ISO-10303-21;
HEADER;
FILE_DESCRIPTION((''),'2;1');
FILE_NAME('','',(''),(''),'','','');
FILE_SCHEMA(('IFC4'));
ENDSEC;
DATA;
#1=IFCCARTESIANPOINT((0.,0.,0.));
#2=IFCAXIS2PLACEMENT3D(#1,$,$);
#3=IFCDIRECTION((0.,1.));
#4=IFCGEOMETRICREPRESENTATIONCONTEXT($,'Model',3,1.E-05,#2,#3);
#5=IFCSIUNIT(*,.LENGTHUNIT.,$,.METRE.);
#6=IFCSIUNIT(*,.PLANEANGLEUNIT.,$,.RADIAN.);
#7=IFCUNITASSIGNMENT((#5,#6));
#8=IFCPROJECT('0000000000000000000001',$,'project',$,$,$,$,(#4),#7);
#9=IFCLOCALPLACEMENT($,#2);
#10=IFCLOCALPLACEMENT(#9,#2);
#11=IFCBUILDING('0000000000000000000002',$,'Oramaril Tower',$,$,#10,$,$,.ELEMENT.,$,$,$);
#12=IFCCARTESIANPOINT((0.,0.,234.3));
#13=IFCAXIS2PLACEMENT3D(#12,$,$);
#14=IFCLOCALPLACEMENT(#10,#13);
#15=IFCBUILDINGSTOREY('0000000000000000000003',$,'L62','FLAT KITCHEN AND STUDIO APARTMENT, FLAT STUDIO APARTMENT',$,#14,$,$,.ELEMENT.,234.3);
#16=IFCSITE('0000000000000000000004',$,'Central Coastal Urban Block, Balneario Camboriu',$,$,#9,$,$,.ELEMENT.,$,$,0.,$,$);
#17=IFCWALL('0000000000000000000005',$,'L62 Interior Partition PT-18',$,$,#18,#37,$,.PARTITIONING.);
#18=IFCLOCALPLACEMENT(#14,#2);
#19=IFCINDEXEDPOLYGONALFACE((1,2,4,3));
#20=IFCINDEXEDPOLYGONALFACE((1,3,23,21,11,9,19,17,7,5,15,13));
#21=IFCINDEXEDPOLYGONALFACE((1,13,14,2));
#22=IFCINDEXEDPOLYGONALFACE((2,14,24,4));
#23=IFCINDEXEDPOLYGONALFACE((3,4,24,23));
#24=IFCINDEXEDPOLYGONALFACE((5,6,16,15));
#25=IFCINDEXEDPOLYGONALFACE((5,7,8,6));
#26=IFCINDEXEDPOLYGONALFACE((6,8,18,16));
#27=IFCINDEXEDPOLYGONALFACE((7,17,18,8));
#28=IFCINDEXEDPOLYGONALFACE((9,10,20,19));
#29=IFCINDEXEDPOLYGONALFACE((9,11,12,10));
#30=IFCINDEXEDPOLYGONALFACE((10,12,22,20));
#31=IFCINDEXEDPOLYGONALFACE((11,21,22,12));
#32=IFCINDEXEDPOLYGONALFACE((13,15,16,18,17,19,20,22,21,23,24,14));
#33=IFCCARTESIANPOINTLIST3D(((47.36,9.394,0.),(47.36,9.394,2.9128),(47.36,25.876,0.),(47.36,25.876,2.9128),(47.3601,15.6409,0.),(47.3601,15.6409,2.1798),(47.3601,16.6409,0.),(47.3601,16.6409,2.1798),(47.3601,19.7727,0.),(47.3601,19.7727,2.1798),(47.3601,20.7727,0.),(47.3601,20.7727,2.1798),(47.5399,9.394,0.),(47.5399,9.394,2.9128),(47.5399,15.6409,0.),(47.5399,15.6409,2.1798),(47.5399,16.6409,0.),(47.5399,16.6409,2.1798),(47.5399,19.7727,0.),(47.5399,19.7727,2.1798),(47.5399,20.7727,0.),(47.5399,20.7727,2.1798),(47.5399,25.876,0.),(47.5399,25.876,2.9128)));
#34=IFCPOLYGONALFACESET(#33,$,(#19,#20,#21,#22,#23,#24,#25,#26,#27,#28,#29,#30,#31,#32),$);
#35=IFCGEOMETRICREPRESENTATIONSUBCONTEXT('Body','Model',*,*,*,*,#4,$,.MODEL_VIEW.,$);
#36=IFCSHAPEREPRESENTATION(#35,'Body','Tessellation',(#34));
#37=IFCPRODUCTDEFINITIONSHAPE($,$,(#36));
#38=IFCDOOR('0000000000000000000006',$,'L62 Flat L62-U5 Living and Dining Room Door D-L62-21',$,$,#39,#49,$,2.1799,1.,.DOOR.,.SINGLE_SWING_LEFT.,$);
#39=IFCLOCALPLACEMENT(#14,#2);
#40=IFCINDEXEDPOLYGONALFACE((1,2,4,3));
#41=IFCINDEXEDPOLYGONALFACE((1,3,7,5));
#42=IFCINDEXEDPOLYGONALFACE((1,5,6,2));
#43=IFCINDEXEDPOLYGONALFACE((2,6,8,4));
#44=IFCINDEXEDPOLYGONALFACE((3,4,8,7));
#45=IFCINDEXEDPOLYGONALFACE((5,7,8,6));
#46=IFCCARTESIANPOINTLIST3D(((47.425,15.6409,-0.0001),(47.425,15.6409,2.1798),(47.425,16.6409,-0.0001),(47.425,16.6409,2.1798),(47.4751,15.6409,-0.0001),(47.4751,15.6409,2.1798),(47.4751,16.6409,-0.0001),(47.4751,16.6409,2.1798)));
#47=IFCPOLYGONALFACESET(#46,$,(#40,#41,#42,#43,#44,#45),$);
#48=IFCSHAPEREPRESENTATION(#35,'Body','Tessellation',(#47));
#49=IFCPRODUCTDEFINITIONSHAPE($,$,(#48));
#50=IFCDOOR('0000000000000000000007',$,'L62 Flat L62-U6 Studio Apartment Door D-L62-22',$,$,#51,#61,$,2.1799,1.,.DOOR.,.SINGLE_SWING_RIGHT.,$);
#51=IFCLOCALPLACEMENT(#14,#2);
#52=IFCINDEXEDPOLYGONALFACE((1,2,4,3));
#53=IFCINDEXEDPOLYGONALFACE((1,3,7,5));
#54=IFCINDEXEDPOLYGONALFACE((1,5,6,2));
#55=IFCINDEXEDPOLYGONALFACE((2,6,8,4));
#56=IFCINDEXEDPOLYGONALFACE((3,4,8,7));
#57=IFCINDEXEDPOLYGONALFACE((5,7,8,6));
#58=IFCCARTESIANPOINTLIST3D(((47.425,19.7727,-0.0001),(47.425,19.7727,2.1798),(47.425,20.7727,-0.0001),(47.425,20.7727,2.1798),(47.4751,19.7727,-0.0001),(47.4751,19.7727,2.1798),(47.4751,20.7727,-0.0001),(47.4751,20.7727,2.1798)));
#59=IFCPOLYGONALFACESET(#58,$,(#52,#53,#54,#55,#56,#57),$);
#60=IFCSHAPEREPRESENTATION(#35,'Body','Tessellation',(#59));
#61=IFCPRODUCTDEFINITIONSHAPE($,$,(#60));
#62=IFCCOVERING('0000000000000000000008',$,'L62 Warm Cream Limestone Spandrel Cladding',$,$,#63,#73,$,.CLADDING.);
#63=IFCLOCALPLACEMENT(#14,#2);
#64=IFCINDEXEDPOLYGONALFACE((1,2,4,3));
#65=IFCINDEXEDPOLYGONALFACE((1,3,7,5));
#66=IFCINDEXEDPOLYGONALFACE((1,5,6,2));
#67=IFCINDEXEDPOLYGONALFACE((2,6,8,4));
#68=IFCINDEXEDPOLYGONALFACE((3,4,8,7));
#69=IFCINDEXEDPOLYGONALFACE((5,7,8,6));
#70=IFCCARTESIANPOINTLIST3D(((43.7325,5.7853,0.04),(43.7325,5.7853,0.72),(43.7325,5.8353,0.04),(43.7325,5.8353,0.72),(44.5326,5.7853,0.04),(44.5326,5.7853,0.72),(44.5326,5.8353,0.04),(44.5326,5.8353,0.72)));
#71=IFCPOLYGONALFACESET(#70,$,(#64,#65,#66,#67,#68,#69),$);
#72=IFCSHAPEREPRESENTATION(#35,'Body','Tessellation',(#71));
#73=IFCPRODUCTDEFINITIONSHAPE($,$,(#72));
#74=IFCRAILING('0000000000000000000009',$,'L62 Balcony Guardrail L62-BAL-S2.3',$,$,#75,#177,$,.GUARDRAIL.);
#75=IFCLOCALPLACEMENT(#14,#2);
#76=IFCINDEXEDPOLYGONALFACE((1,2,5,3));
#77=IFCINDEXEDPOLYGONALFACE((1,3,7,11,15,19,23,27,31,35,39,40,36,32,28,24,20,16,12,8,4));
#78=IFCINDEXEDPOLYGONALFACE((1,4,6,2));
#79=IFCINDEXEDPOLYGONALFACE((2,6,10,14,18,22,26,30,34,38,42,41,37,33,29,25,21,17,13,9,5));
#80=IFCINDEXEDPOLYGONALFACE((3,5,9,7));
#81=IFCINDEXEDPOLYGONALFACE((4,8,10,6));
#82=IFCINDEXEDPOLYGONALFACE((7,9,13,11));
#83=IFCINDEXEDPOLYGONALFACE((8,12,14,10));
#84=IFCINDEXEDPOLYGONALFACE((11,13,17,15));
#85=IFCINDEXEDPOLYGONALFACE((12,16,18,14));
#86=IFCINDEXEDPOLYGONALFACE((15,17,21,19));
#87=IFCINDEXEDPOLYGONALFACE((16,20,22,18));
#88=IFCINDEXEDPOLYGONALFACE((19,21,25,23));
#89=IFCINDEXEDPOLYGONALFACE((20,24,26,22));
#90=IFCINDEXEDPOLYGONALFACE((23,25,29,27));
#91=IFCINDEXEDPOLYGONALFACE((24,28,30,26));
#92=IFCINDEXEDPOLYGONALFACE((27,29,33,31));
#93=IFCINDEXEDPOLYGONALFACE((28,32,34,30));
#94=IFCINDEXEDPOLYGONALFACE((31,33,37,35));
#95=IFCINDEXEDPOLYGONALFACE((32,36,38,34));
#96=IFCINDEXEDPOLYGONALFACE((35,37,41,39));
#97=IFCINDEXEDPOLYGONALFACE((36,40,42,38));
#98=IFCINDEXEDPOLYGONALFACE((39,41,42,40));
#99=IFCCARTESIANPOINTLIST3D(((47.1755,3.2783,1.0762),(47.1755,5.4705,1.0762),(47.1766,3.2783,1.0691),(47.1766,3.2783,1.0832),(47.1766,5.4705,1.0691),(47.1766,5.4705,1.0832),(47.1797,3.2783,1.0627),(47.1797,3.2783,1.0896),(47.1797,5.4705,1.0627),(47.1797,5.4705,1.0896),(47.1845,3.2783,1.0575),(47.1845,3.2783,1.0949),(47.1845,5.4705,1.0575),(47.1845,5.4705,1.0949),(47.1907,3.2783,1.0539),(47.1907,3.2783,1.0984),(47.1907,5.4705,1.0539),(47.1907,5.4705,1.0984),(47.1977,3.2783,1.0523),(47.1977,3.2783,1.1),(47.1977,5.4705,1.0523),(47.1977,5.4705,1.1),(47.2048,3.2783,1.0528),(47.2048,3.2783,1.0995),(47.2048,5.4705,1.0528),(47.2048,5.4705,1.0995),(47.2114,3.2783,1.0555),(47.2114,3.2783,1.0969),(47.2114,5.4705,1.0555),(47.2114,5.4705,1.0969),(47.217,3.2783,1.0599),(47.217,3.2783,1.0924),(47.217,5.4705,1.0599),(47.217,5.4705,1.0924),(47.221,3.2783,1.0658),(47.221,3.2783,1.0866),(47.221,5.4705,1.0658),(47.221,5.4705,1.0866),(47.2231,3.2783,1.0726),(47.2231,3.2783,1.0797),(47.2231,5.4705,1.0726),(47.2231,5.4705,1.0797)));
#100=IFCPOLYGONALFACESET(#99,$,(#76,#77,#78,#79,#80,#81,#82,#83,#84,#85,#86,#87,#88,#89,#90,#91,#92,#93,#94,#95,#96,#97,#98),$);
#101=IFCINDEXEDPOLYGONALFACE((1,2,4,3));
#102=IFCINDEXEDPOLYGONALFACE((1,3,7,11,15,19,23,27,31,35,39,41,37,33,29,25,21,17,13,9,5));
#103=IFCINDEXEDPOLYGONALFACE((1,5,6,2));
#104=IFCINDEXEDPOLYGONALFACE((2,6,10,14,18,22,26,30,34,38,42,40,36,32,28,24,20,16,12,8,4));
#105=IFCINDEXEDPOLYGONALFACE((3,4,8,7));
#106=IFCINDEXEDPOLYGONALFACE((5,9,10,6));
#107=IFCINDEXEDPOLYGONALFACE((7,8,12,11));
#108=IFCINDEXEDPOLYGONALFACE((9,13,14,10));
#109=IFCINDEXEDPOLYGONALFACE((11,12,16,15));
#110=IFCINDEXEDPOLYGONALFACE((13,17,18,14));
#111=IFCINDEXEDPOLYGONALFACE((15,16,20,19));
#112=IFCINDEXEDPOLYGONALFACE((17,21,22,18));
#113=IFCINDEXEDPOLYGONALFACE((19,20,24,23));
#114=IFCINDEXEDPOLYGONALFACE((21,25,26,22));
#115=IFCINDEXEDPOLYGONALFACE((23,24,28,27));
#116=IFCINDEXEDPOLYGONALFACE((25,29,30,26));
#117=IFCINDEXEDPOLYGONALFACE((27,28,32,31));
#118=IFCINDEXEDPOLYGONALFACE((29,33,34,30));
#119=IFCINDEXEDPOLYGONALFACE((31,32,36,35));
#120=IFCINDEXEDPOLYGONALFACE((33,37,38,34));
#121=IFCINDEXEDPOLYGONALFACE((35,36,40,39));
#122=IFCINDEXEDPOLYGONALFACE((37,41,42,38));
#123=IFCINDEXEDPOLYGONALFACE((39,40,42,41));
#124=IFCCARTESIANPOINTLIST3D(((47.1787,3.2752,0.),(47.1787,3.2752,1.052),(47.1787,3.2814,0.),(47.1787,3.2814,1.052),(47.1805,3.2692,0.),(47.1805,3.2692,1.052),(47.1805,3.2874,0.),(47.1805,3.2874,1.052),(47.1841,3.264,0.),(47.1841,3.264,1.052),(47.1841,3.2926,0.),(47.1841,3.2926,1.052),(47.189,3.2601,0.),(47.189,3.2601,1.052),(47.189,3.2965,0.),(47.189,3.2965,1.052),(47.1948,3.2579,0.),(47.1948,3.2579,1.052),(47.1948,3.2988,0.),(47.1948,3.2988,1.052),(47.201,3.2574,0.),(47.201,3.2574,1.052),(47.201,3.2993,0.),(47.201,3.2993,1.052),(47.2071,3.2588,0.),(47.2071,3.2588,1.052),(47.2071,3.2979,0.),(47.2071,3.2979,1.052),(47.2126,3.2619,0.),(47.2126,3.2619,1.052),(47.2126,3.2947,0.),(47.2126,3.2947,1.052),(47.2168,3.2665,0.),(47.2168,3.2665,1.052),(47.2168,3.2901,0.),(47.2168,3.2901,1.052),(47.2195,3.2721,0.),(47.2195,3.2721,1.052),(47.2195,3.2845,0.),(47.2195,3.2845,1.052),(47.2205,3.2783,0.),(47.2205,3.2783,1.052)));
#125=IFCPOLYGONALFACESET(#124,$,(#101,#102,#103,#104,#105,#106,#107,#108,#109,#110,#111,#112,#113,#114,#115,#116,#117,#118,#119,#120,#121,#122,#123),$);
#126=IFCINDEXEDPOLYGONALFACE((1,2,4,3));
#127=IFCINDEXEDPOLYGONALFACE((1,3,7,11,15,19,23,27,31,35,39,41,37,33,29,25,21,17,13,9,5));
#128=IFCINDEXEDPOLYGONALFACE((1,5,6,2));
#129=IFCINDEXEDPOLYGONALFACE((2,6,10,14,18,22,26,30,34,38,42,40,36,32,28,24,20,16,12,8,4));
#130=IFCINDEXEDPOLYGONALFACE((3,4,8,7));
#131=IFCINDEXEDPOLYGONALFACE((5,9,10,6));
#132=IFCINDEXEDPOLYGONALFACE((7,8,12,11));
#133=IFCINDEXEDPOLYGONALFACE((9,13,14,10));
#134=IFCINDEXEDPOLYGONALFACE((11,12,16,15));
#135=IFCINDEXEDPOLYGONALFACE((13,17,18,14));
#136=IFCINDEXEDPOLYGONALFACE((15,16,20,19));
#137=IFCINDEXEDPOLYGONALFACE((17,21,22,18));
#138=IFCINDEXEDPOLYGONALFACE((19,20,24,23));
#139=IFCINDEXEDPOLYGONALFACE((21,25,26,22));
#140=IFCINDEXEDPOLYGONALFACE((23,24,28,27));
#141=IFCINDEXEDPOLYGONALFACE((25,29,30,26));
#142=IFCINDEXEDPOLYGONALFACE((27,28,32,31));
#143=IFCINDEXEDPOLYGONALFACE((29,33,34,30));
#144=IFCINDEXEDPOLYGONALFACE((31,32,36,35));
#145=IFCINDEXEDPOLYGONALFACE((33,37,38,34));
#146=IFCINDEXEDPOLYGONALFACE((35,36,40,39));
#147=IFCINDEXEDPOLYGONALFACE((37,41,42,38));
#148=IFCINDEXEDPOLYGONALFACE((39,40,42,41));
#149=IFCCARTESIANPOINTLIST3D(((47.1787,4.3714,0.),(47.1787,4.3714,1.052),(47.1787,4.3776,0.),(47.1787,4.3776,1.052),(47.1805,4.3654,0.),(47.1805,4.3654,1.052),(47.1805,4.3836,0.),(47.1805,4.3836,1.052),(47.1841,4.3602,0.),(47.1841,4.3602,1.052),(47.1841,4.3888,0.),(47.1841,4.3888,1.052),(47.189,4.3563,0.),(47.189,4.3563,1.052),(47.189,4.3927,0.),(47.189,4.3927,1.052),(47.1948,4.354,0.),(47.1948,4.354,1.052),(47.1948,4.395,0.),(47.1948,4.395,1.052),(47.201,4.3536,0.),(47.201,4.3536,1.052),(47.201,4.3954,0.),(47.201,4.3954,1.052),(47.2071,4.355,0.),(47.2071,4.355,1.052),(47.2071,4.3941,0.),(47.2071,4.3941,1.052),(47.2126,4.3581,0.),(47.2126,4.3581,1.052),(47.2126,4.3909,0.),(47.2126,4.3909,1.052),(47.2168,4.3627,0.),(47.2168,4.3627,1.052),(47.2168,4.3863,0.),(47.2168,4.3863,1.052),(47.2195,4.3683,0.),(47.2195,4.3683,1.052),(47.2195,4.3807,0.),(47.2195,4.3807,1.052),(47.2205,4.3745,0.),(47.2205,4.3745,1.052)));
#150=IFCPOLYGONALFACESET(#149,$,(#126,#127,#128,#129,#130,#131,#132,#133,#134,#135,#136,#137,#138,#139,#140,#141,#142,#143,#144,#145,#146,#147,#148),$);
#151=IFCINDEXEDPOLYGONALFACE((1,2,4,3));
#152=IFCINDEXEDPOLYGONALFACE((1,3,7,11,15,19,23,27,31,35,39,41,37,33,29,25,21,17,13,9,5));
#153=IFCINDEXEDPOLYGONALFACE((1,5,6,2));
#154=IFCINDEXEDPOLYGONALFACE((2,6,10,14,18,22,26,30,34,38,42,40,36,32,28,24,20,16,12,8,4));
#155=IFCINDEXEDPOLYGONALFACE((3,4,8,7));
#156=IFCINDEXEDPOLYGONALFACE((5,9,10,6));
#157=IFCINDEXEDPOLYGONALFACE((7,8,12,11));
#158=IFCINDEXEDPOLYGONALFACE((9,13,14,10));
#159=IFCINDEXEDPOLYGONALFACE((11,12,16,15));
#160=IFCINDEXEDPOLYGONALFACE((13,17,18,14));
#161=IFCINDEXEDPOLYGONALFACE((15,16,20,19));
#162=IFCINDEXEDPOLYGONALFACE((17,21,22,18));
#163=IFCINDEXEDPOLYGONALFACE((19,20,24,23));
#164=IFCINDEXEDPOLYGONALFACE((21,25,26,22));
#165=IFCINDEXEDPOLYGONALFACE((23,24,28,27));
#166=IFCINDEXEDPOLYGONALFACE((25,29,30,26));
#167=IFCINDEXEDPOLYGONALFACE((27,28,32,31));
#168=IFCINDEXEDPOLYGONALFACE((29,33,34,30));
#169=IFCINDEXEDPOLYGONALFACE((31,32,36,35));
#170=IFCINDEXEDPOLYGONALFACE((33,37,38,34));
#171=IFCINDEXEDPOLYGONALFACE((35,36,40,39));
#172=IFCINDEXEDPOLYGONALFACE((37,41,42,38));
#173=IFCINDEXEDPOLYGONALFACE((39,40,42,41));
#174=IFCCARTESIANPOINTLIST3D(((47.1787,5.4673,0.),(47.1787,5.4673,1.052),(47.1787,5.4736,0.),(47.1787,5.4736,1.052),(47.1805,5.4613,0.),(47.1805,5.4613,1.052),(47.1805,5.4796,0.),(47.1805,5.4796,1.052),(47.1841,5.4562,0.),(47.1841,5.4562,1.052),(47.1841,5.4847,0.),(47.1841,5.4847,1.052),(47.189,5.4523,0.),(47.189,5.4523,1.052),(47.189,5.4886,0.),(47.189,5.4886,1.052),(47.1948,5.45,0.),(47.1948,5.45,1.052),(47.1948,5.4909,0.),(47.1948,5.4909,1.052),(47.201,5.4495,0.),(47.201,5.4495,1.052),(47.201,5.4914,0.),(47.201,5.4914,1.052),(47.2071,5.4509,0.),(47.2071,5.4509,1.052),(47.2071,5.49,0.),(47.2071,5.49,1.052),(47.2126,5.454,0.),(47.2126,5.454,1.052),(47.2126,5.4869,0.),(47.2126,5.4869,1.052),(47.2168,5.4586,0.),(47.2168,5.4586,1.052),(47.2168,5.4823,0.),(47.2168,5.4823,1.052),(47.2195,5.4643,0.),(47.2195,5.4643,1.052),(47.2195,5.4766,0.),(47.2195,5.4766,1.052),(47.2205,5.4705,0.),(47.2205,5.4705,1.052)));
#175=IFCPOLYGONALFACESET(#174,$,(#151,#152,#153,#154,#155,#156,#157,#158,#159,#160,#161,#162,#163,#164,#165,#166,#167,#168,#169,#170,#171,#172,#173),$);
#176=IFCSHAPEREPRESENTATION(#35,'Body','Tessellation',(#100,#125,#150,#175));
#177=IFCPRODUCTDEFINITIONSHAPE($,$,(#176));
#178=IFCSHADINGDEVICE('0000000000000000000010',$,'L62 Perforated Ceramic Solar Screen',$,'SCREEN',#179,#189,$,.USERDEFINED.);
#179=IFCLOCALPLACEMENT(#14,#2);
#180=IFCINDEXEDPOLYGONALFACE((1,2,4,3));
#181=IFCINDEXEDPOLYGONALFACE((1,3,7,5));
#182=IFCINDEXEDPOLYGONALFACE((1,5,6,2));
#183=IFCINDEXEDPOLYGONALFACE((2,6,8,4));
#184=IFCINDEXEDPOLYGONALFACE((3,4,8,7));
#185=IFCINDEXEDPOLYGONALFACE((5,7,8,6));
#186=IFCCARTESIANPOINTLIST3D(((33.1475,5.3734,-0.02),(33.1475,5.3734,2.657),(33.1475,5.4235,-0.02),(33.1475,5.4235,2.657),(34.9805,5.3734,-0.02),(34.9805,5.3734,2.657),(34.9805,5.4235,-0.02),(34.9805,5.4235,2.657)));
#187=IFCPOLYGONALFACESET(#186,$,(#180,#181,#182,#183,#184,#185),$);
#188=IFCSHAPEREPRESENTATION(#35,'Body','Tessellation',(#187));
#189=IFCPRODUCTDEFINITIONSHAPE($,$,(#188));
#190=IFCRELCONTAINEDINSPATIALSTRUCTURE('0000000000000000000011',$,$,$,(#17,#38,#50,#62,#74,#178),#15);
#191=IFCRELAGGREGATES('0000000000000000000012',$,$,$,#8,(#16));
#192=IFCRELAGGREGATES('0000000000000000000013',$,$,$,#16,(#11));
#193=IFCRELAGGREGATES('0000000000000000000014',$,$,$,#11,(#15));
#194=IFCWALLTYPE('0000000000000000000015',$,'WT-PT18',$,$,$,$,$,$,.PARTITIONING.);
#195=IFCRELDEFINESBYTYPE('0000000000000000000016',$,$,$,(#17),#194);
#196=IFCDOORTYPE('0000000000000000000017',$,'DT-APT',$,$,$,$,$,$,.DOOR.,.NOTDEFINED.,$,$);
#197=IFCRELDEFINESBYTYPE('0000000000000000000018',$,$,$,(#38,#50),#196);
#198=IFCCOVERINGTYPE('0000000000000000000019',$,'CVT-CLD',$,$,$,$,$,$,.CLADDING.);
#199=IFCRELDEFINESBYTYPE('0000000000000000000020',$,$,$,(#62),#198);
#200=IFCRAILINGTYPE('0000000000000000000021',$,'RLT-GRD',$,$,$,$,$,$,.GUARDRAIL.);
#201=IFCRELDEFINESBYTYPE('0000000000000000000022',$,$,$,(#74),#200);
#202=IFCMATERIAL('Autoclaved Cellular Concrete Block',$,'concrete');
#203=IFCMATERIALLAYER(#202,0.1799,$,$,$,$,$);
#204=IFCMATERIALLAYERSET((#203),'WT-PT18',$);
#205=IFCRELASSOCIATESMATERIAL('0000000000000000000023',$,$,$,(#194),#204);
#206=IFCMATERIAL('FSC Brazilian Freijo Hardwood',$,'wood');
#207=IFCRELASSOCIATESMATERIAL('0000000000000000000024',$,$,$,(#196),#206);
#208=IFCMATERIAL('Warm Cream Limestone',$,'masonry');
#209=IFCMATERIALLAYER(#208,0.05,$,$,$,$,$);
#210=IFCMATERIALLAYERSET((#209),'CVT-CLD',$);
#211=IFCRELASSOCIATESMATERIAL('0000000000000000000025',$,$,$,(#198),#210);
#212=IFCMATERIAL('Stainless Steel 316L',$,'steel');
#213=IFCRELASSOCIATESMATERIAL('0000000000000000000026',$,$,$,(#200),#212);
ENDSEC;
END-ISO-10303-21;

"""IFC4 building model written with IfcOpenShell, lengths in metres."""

from ifc_helpers import new_model, si_unit, direction, frame, frame_2d, origin, origin_2d, place, context, subcontext, project, spatial, rectangle, circle, extrude, material, layer, layer_set, type_object, element, fill, save


model = new_model("IFC4")

# Units and contexts
model_context = context("Model", 3, precision=1e-05, world=origin(), true_north=direction((0.0, 1.0)))
body_context = subcontext(model_context, "Body", "Model", "MODEL_VIEW")
ifc_project = project(units=[si_unit("LENGTHUNIT", "METRE"), si_unit("PLANEANGLEUNIT", "RADIAN")], contexts=[model_context])

# Site, building, storey
site_placement = place(None, origin())
site = spatial("IfcSite", under=ifc_project, at=site_placement, Name="Central Coastal Urban Block, Balneario Camboriu", CompositionType="ELEMENT", RefElevation=0.0)
building_placement = place(site_placement, origin())
building = spatial("IfcBuilding", under=site, at=building_placement, Name="Oramaril Tower", CompositionType="ELEMENT")
storey_placement = place(building_placement, frame((0.0, 0.0, 234.3)))
storey = spatial("IfcBuildingStorey", under=building, at=storey_placement, Name="L62", Description="FLAT KITCHEN AND STUDIO APARTMENT, FLAT STUDIO APARTMENT", CompositionType="ELEMENT", Elevation=234.3)

# Shared definitions
ifc_material_1 = material(Name="Autoclaved Cellular Concrete Block", Category="concrete")
ifc_layer_1 = layer(ifc_material_1, 0.1799)
ifc_layer_set_1 = layer_set([ifc_layer_1], Name="WT-PT18")
wall_type_1 = type_object("IfcWallType", Name="WT-PT18", PredefinedType="PARTITIONING", material=ifc_layer_set_1)

# Wall, openings, doors
wall_1_placement = place(storey_placement, frame((47.45, 9.394, 0.0), z_axis=(0.0, 0.0, 1.0), x_axis=(0.0, 1.0, 0.0)))
wall_1 = element("IfcWall", 1, at=wall_1_placement, inside=storey, type_object=wall_type_1, Name="L62 Interior Partition PT-18", PredefinedType="PARTITIONING", context=body_context, shape_type="SweptSolid", body=[
    extrude(rectangle(XDim=16.4819, YDim=0.1799, at=frame_2d((8.241, 0.0))), origin(), (0.0, 0.0, 1.0), 2.9128),
])
opening_1_placement = place(wall_1_placement, frame((6.2468, 0.0, 0.0)))
opening_1 = element("IfcOpeningElement", 2, at=opening_1_placement, cuts=wall_1, PredefinedType="OPENING", context=body_context, shape_type="SweptSolid", body=[
    extrude(rectangle(XDim=1.0, YDim=2.1799, at=frame_2d((0.5, 1.0898))), frame((0.0, 0.0898, 0.0), z_axis=(0.0, -1.0, 0.0), x_axis=(1.0, 0.0, 0.0)), (0.0, 0.0, 1.0), 0.1799),
])
opening_2_placement = place(wall_1_placement, frame((10.3787, 0.0, 0.0)))
opening_2 = element("IfcOpeningElement", 3, at=opening_2_placement, cuts=wall_1, PredefinedType="OPENING", context=body_context, shape_type="SweptSolid", body=[
    extrude(rectangle(XDim=1.0, YDim=2.1799, at=frame_2d((0.5, 1.0898))), frame((0.0, 0.0898, 0.0), z_axis=(0.0, -1.0, 0.0), x_axis=(1.0, 0.0, 0.0)), (0.0, 0.0, 1.0), 0.1799),
])
ifc_material_2 = material(Name="FSC Brazilian Freijo Hardwood", Category="wood")
door_type_1 = type_object("IfcDoorType", Name="DT-APT", OperationType="NOTDEFINED", PredefinedType="DOOR", material=ifc_material_2)
door_1_placement = place(opening_1_placement, origin())
door_1 = element("IfcDoor", 4, at=door_1_placement, inside=storey, type_object=door_type_1, Name="L62 Flat L62-U5 Living and Dining Room Door D-L62-21", OperationType="SINGLE_SWING_LEFT", OverallHeight=2.1799, OverallWidth=1.0, PredefinedType="DOOR", context=body_context, shape_type="SweptSolid", body=[
    extrude(rectangle(XDim=1.0, YDim=2.1799, at=frame_2d((0.5, 1.0898))), frame((0.0, 0.0249, 0.0), z_axis=(0.0, -1.0, 0.0), x_axis=(1.0, 0.0, 0.0)), (0.0, 0.0, 1.0), 0.05),
])
fill(opening_1, door_1)
door_2_placement = place(opening_2_placement, origin())
door_2 = element("IfcDoor", 5, at=door_2_placement, inside=storey, type_object=door_type_1, Name="L62 Flat L62-U6 Studio Apartment Door D-L62-22", OperationType="SINGLE_SWING_RIGHT", OverallHeight=2.1799, OverallWidth=1.0, PredefinedType="DOOR", context=body_context, shape_type="SweptSolid", body=[
    extrude(rectangle(XDim=1.0, YDim=2.1799, at=frame_2d((0.5, 1.0898))), frame((0.0, 0.0249, 0.0), z_axis=(0.0, -1.0, 0.0), x_axis=(1.0, 0.0, 0.0)), (0.0, 0.0, 1.0), 0.05),
])
fill(opening_2, door_2)

# Covering
ifc_material_3 = material(Name="Warm Cream Limestone", Category="masonry")
ifc_layer_2 = layer(ifc_material_3, 0.05)
ifc_layer_set_2 = layer_set([ifc_layer_2], Name="CVT-CLD")
covering_type = type_object("IfcCoveringType", Name="CVT-CLD", PredefinedType="CLADDING", material=ifc_layer_set_2)
covering_placement = place(storey_placement, frame((44.1326, 5.8103, 0.04), z_axis=(0.0, 0.0, 1.0), x_axis=(1.0, 0.0, 0.0)))
element("IfcCovering", 6, at=covering_placement, inside=storey, type_object=covering_type, Name="L62 Warm Cream Limestone Spandrel Cladding", PredefinedType="CLADDING", context=body_context, shape_type="SweptSolid", body=[
    extrude(rectangle(XDim=0.8, YDim=0.05, at=origin_2d()), origin(), (0.0, 0.0, 1.0), 0.6799),
])

# Railing
ifc_material_4 = material(Name="Stainless Steel 316L", Category="steel")
railing_type = type_object("IfcRailingType", Name="RLT-GRD", PredefinedType="GUARDRAIL", material=ifc_material_4)
railing_placement = place(storey_placement, frame((47.1995, 3.2783, 0.0)))
element("IfcRailing", 7, at=railing_placement, inside=storey, type_object=railing_type, Name="L62 Balcony Guardrail L62-BAL-S2.3", PredefinedType="GUARDRAIL", context=body_context, shape_type="SweptSolid", body=[
    extrude(circle(Radius=0.0239, at=origin_2d()), frame((0.0, 0.0, 1.0762), z_axis=(0.0, 1.0, 0.0), x_axis=(-1.0, 0.0, 0.0)), (0.0, 0.0, 1.0), 2.1921),
    extrude(circle(Radius=0.021, at=origin_2d()), origin(), (0.0, 0.0, 1.0), 1.052),
    extrude(circle(Radius=0.021, at=origin_2d()), frame((0.0, 1.0962, 0.0)), (0.0, 0.0, 1.0), 1.052),
    extrude(circle(Radius=0.021, at=origin_2d()), frame((0.0, 2.1921, 0.0)), (0.0, 0.0, 1.0), 1.052),
])

# Shading device
for number, where, z_axis, x_axis, name in (
    (8, (34.064, 5.3984, -0.02), (0.0, 0.0, 1.0), (1.0, 0.0, 0.0), "L62 Perforated Ceramic Solar Screen"),
):
    element("IfcShadingDevice", number, at=place(storey_placement, frame(where, z_axis=z_axis, x_axis=x_axis)), inside=storey, Name=name, ObjectType="SCREEN", PredefinedType="USERDEFINED", context=body_context, shape_type="SweptSolid", body=[
        extrude(rectangle(XDim=1.833, YDim=0.05, at=origin_2d()), origin(), (0.0, 0.0, 1.0), 2.677),
    ])

save(model, "model.ifc")
